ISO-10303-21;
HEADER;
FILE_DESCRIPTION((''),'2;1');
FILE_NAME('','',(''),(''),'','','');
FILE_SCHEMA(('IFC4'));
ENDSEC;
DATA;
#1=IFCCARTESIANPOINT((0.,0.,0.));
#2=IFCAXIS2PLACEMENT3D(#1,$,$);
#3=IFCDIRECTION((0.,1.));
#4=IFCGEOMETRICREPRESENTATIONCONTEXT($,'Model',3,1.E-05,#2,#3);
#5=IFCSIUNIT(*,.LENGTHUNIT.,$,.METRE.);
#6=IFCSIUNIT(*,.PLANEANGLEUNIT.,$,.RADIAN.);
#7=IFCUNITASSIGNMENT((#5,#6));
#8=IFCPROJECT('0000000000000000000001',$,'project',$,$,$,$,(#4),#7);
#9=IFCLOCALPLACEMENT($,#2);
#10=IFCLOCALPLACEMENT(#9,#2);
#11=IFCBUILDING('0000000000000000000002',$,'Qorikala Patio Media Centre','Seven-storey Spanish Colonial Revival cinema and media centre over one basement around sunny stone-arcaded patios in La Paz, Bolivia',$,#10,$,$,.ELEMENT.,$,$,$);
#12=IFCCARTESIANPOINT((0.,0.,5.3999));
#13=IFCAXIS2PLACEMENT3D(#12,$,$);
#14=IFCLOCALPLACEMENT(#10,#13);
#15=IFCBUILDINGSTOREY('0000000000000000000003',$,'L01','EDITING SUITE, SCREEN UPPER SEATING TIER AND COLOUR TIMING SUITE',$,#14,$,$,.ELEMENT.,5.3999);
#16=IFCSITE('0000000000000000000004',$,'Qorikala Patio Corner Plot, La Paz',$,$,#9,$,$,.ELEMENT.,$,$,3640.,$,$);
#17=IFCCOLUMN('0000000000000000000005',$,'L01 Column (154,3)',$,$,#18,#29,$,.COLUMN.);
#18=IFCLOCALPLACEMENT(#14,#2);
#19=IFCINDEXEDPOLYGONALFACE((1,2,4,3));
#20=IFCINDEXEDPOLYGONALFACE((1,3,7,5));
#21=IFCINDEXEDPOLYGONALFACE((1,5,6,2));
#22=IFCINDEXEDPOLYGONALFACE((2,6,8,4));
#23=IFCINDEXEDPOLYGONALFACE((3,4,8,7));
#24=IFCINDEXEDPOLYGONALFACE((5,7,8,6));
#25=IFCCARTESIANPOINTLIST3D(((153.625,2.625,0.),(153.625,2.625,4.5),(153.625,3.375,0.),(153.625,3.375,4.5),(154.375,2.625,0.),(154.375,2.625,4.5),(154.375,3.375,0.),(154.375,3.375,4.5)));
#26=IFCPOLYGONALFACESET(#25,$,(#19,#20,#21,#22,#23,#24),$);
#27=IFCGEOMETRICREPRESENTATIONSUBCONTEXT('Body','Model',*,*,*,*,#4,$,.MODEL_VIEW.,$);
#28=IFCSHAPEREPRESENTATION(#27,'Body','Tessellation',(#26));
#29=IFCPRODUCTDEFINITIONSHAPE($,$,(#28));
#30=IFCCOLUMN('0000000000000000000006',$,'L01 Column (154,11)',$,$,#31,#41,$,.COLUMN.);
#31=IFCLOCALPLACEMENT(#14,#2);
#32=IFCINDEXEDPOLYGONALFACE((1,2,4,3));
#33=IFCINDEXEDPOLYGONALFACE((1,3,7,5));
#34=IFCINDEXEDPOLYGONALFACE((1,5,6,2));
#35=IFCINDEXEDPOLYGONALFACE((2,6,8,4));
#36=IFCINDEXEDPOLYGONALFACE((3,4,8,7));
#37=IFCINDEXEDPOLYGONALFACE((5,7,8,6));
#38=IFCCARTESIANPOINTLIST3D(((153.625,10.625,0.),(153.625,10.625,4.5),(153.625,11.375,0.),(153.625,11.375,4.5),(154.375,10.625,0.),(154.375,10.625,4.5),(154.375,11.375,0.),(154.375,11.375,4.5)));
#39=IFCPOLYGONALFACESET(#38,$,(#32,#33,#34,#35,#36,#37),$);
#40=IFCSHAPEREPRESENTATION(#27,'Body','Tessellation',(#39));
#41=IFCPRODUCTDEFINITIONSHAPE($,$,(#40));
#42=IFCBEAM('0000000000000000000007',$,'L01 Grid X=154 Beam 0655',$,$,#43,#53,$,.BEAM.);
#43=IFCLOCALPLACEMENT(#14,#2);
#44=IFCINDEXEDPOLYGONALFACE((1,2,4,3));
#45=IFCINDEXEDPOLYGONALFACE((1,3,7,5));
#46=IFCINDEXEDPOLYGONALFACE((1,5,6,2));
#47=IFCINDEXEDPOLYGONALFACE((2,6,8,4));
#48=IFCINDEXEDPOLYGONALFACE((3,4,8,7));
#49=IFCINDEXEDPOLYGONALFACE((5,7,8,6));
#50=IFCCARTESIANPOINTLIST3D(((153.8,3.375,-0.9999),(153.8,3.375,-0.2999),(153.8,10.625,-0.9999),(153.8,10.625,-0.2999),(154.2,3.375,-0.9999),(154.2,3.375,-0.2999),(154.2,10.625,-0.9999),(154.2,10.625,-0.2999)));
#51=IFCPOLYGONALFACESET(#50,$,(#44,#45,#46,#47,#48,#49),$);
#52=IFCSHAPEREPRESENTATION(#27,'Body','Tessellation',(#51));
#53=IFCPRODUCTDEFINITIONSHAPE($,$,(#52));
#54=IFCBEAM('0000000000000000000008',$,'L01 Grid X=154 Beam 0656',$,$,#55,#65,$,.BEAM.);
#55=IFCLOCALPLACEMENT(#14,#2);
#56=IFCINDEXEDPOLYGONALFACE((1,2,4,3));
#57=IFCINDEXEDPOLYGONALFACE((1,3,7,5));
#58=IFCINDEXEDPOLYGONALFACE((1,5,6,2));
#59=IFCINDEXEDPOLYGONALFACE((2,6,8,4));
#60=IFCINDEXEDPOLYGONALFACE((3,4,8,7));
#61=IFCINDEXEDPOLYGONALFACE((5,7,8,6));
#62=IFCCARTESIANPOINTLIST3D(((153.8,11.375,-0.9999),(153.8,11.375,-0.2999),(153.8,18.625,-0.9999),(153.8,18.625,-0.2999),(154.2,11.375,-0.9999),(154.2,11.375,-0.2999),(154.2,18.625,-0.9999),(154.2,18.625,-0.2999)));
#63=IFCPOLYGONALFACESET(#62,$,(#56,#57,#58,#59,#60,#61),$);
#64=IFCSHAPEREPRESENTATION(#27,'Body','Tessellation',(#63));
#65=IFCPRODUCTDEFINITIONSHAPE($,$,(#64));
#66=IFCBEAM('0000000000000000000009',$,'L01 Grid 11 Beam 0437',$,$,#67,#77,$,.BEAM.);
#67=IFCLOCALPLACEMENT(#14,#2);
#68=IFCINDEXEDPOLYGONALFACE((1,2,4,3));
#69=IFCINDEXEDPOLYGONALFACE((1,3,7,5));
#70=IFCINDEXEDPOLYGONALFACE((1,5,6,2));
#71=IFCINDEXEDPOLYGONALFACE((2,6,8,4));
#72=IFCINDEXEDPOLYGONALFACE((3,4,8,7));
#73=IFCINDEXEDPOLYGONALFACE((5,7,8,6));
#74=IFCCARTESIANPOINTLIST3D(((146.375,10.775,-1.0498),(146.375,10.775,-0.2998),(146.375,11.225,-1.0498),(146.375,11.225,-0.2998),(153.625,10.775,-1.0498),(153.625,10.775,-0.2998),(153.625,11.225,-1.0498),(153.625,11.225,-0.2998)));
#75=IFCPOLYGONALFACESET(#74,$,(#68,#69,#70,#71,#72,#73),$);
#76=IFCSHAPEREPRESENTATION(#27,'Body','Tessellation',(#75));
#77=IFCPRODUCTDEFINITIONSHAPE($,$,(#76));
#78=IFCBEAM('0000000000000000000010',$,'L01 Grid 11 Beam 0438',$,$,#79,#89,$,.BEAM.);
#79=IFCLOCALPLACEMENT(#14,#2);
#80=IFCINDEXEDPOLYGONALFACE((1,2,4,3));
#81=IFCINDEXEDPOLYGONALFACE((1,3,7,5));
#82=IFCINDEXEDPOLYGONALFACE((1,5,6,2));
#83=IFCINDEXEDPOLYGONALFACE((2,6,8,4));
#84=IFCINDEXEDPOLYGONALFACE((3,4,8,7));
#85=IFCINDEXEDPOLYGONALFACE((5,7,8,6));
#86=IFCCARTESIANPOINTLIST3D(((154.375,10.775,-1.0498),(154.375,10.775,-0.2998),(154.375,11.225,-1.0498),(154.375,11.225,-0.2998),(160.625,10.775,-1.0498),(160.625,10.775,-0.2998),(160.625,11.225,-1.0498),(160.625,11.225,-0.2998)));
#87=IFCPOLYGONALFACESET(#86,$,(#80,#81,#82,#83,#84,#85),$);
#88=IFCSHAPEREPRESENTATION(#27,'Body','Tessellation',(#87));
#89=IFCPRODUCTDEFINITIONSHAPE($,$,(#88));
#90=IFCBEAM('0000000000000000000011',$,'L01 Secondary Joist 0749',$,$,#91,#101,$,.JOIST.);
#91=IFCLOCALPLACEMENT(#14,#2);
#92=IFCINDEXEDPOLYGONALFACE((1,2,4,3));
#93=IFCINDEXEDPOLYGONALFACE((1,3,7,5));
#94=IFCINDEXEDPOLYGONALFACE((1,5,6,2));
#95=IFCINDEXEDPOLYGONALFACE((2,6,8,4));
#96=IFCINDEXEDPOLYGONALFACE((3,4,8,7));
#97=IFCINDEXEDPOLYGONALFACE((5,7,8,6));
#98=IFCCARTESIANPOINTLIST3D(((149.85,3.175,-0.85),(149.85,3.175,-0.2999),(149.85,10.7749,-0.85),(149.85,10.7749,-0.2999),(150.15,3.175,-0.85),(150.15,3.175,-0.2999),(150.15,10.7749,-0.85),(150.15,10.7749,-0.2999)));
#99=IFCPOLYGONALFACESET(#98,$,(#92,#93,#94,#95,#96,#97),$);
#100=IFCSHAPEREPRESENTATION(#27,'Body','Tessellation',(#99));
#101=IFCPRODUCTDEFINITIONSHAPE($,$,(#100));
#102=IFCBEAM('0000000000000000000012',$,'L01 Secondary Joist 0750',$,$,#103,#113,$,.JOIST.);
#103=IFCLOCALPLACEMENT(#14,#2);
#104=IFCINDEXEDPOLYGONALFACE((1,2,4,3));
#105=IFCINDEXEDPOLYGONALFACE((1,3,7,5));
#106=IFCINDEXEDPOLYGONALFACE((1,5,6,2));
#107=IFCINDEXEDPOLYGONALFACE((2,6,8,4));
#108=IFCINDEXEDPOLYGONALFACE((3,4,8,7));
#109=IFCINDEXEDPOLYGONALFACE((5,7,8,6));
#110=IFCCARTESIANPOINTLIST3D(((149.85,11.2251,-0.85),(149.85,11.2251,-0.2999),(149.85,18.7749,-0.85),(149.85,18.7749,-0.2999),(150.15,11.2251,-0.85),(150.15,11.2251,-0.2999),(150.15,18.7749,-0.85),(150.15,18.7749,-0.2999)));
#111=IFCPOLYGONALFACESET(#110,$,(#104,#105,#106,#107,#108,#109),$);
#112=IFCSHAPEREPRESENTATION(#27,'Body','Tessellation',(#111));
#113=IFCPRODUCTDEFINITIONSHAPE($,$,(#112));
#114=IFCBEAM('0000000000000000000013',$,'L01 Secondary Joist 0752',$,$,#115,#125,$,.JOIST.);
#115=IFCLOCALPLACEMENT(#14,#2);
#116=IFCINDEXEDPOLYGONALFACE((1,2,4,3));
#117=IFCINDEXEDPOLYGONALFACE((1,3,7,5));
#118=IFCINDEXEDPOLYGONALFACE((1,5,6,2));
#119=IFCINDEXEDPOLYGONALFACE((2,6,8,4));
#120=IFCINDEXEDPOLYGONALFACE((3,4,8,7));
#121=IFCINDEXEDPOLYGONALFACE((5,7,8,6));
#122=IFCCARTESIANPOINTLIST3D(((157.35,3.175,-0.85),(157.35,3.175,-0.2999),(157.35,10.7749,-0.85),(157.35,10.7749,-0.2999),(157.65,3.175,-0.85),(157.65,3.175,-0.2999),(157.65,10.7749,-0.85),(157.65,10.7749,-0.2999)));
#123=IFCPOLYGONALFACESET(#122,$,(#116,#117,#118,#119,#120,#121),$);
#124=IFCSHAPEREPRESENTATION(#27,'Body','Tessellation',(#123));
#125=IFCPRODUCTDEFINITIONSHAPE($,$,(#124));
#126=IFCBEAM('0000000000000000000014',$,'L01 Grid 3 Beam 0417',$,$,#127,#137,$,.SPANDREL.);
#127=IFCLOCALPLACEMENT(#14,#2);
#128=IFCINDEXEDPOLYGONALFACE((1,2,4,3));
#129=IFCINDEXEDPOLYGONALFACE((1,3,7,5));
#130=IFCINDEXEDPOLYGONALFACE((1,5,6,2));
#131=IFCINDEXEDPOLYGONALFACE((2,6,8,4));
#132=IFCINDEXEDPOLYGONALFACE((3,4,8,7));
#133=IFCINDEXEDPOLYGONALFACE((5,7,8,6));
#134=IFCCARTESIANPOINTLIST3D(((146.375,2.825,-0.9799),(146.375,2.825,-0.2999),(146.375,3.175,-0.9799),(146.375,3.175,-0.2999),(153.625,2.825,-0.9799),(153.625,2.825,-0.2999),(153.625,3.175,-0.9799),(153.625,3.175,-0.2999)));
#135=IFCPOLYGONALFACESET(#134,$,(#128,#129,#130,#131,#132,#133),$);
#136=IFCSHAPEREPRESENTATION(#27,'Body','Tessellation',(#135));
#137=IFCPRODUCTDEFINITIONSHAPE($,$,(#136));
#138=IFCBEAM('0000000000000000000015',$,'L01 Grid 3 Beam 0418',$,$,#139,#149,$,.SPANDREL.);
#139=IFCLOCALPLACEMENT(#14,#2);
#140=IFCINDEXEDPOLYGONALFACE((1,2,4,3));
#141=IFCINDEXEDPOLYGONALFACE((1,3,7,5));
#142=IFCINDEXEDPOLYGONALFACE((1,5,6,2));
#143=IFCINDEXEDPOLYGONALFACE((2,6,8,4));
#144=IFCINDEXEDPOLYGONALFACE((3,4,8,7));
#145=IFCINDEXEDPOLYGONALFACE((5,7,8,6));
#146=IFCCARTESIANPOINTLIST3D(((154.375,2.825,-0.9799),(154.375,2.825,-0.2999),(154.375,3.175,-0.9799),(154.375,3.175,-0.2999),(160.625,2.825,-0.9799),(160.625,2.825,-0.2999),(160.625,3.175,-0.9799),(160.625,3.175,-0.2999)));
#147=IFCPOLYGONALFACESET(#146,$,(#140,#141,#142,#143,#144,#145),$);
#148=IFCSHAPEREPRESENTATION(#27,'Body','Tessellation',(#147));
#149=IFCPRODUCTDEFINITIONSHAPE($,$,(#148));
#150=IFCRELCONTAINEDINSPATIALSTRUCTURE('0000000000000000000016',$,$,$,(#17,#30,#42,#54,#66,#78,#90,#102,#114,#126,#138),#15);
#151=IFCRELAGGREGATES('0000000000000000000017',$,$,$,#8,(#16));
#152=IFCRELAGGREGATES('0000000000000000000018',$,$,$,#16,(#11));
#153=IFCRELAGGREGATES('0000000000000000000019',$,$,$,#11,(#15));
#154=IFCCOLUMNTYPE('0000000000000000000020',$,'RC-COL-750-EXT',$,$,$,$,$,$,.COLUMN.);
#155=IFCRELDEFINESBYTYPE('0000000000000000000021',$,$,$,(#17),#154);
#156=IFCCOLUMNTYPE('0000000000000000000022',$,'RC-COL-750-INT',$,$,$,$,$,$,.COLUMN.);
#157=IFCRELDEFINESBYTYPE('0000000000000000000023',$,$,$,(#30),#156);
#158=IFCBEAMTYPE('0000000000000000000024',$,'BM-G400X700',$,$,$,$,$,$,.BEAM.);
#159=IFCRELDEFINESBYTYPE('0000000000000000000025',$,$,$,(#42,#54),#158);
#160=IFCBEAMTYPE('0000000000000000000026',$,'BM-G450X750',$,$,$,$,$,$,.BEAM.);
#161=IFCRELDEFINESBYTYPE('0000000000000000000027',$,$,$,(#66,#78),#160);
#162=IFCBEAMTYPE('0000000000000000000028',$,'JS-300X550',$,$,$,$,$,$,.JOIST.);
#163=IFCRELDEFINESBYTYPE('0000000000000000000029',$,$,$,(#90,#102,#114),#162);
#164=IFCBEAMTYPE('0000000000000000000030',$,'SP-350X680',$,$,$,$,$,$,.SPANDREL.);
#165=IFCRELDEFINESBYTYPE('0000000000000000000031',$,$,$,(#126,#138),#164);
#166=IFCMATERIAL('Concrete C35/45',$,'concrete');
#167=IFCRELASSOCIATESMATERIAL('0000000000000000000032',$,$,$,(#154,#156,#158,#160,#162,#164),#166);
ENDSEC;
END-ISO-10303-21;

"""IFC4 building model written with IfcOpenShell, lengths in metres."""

from ifc_helpers import new_model, si_unit, direction, frame, origin, origin_2d, place, context, subcontext, project, spatial, rectangle, extrude, material, material_profile, profile_set, type_object, element, save


model = new_model("IFC4")

# Units and contexts
model_context = context("Model", 3, precision=1e-05, world=origin(), true_north=direction((0.0, 1.0)))
body_context = subcontext(model_context, "Body", "Model", "MODEL_VIEW")
ifc_project = project(units=[si_unit("LENGTHUNIT", "METRE"), si_unit("PLANEANGLEUNIT", "RADIAN")], contexts=[model_context])

# Site, building, storey
site_placement = place(None, origin())
site = spatial("IfcSite", under=ifc_project, at=site_placement, Name="Qorikala Patio Corner Plot, La Paz", CompositionType="ELEMENT", RefElevation=3640.0)
building_placement = place(site_placement, origin())
building = spatial("IfcBuilding", under=site, at=building_placement, Name="Qorikala Patio Media Centre", Description="Seven-storey Spanish Colonial Revival cinema and media centre over one basement around sunny stone-arcaded patios in La Paz, Bolivia", CompositionType="ELEMENT")
storey_placement = place(building_placement, frame((0.0, 0.0, 5.3999)))
storey = spatial("IfcBuildingStorey", under=building, at=storey_placement, Name="L01", Description="EDITING SUITE, SCREEN UPPER SEATING TIER AND COLOUR TIMING SUITE", CompositionType="ELEMENT", Elevation=5.3999)

# Columns
ifc_material_1 = material(Name="Concrete C35/45", Category="concrete")
ifc_material_profile_1 = material_profile(ifc_material_1, rectangle(XDim=0.75, YDim=0.75, at=origin_2d()), Name="RC 750x750")
ifc_profile_set_1 = profile_set([ifc_material_profile_1], Name="Concrete C35/45")
column_type_1 = type_object("IfcColumnType", Name="RC-COL-750-EXT", PredefinedType="COLUMN", material=ifc_profile_set_1)
column_1_placement = place(storey_placement, frame((154.0, 3.0, 0.0), z_axis=(0.0, 0.0, 1.0), x_axis=(1.0, 0.0, 0.0)))
element("IfcColumn", 1, at=column_1_placement, inside=storey, type_object=column_type_1, Name="L01 Column (154,3)", PredefinedType="COLUMN", context=body_context, shape_type="SweptSolid", body=[
    extrude(rectangle(XDim=0.75, YDim=0.75, at=origin_2d()), origin(), (0.0, 0.0, 1.0), 4.5),
])
ifc_material_profile_2 = material_profile(ifc_material_1, rectangle(XDim=0.75, YDim=0.75, at=origin_2d()), Name="RC 750x750")
ifc_profile_set_2 = profile_set([ifc_material_profile_2], Name="Concrete C35/45")
column_type_2 = type_object("IfcColumnType", Name="RC-COL-750-INT", PredefinedType="COLUMN", material=ifc_profile_set_2)
column_2_placement = place(storey_placement, frame((154.0, 11.0, 0.0), z_axis=(0.0, 0.0, 1.0), x_axis=(1.0, 0.0, 0.0)))
element("IfcColumn", 2, at=column_2_placement, inside=storey, type_object=column_type_2, Name="L01 Column (154,11)", PredefinedType="COLUMN", context=body_context, shape_type="SweptSolid", body=[
    extrude(rectangle(XDim=0.75, YDim=0.75, at=origin_2d()), origin(), (0.0, 0.0, 1.0), 4.5),
])

# Beams
ifc_material_profile_3 = material_profile(ifc_material_1, rectangle(XDim=0.3999, YDim=0.7, at=origin_2d()), Name="RC 400x700")
ifc_profile_set_3 = profile_set([ifc_material_profile_3], Name="Concrete C35/45")
beam_type_1 = type_object("IfcBeamType", Name="BM-G400X700", PredefinedType="BEAM", material=ifc_profile_set_3)
for number, where, z_axis, x_axis, name in (
    (3, (154.0, 3.375, -0.6499), (0.0, 1.0, 0.0), (-1.0, 0.0, 0.0), "L01 Grid X=154 Beam 0655"),
    (4, (154.0, 11.375, -0.6499), (0.0, 1.0, 0.0), (-1.0, 0.0, 0.0), "L01 Grid X=154 Beam 0656"),
):
    element("IfcBeam", number, at=place(storey_placement, frame(where, z_axis=z_axis, x_axis=x_axis)), inside=storey, type_object=beam_type_1, Name=name, PredefinedType="BEAM", context=body_context, shape_type="SweptSolid", body=[
        extrude(rectangle(XDim=0.3999, YDim=0.7, at=origin_2d()), origin(), (0.0, 0.0, 1.0), 7.25),
    ])
ifc_material_profile_4 = material_profile(ifc_material_1, rectangle(XDim=0.45, YDim=0.75, at=origin_2d()), Name="RC 450x750")
ifc_profile_set_4 = profile_set([ifc_material_profile_4], Name="Concrete C35/45")
beam_type_2 = type_object("IfcBeamType", Name="BM-G450X750", PredefinedType="BEAM", material=ifc_profile_set_4)
beam_1_placement = place(storey_placement, frame((146.375, 11.0, -0.6748), z_axis=(1.0, 0.0, 0.0), x_axis=(0.0, 1.0, 0.0)))
element("IfcBeam", 5, at=beam_1_placement, inside=storey, type_object=beam_type_2, Name="L01 Grid 11 Beam 0437", PredefinedType="BEAM", context=body_context, shape_type="SweptSolid", body=[
    extrude(rectangle(XDim=0.45, YDim=0.75, at=origin_2d()), origin(), (0.0, 0.0, 1.0), 7.25),
])
beam_2_placement = place(storey_placement, frame((154.375, 11.0, -0.6748), z_axis=(1.0, 0.0, 0.0), x_axis=(0.0, 1.0, 0.0)))
element("IfcBeam", 6, at=beam_2_placement, inside=storey, type_object=beam_type_2, Name="L01 Grid 11 Beam 0438", PredefinedType="BEAM", context=body_context, shape_type="SweptSolid", body=[
    extrude(rectangle(XDim=0.45, YDim=0.75, at=origin_2d()), origin(), (0.0, 0.0, 1.0), 6.25),
])
ifc_material_profile_5 = material_profile(ifc_material_1, rectangle(XDim=0.3, YDim=0.55, at=origin_2d()), Name="RC 300x550")
ifc_profile_set_5 = profile_set([ifc_material_profile_5], Name="Concrete C35/45")
beam_type_3 = type_object("IfcBeamType", Name="JS-300X550", PredefinedType="JOIST", material=ifc_profile_set_5)
beam_3_placement = place(storey_placement, frame((150.0, 3.175, -0.575), z_axis=(0.0, 1.0, 0.0), x_axis=(-1.0, 0.0, 0.0)))
element("IfcBeam", 7, at=beam_3_placement, inside=storey, type_object=beam_type_3, Name="L01 Secondary Joist 0749", PredefinedType="JOIST", context=body_context, shape_type="SweptSolid", body=[
    extrude(rectangle(XDim=0.3, YDim=0.55, at=origin_2d()), origin(), (0.0, 0.0, 1.0), 7.5999),
])
beam_4_placement = place(storey_placement, frame((150.0, 11.2251, -0.575), z_axis=(0.0, 1.0, 0.0), x_axis=(-1.0, 0.0, 0.0)))
element("IfcBeam", 8, at=beam_4_placement, inside=storey, type_object=beam_type_3, Name="L01 Secondary Joist 0750", PredefinedType="JOIST", context=body_context, shape_type="SweptSolid", body=[
    extrude(rectangle(XDim=0.3, YDim=0.55, at=origin_2d()), origin(), (0.0, 0.0, 1.0), 7.5498),
])
beam_5_placement = place(storey_placement, frame((157.5, 3.175, -0.575), z_axis=(0.0, 1.0, 0.0), x_axis=(-1.0, 0.0, 0.0)))
element("IfcBeam", 9, at=beam_5_placement, inside=storey, type_object=beam_type_3, Name="L01 Secondary Joist 0752", PredefinedType="JOIST", context=body_context, shape_type="SweptSolid", body=[
    extrude(rectangle(XDim=0.3, YDim=0.55, at=origin_2d()), origin(), (0.0, 0.0, 1.0), 7.5999),
])
ifc_material_profile_6 = material_profile(ifc_material_1, rectangle(XDim=0.3501, YDim=0.6799, at=origin_2d()), Name="RC 350x680")
ifc_profile_set_6 = profile_set([ifc_material_profile_6], Name="Concrete C35/45")
beam_type_4 = type_object("IfcBeamType", Name="SP-350X680", PredefinedType="SPANDREL", material=ifc_profile_set_6)
beam_6_placement = place(storey_placement, frame((146.375, 3.0, -0.6399), z_axis=(1.0, 0.0, 0.0), x_axis=(0.0, 1.0, 0.0)))
element("IfcBeam", 10, at=beam_6_placement, inside=storey, type_object=beam_type_4, Name="L01 Grid 3 Beam 0417", PredefinedType="SPANDREL", context=body_context, shape_type="SweptSolid", body=[
    extrude(rectangle(XDim=0.3501, YDim=0.6799, at=origin_2d()), origin(), (0.0, 0.0, 1.0), 7.25),
])
beam_7_placement = place(storey_placement, frame((154.375, 3.0, -0.6399), z_axis=(1.0, 0.0, 0.0), x_axis=(0.0, 1.0, 0.0)))
element("IfcBeam", 11, at=beam_7_placement, inside=storey, type_object=beam_type_4, Name="L01 Grid 3 Beam 0418", PredefinedType="SPANDREL", context=body_context, shape_type="SweptSolid", body=[
    extrude(rectangle(XDim=0.3501, YDim=0.6799, at=origin_2d()), origin(), (0.0, 0.0, 1.0), 6.25),
])

save(model, "model.ifc")
